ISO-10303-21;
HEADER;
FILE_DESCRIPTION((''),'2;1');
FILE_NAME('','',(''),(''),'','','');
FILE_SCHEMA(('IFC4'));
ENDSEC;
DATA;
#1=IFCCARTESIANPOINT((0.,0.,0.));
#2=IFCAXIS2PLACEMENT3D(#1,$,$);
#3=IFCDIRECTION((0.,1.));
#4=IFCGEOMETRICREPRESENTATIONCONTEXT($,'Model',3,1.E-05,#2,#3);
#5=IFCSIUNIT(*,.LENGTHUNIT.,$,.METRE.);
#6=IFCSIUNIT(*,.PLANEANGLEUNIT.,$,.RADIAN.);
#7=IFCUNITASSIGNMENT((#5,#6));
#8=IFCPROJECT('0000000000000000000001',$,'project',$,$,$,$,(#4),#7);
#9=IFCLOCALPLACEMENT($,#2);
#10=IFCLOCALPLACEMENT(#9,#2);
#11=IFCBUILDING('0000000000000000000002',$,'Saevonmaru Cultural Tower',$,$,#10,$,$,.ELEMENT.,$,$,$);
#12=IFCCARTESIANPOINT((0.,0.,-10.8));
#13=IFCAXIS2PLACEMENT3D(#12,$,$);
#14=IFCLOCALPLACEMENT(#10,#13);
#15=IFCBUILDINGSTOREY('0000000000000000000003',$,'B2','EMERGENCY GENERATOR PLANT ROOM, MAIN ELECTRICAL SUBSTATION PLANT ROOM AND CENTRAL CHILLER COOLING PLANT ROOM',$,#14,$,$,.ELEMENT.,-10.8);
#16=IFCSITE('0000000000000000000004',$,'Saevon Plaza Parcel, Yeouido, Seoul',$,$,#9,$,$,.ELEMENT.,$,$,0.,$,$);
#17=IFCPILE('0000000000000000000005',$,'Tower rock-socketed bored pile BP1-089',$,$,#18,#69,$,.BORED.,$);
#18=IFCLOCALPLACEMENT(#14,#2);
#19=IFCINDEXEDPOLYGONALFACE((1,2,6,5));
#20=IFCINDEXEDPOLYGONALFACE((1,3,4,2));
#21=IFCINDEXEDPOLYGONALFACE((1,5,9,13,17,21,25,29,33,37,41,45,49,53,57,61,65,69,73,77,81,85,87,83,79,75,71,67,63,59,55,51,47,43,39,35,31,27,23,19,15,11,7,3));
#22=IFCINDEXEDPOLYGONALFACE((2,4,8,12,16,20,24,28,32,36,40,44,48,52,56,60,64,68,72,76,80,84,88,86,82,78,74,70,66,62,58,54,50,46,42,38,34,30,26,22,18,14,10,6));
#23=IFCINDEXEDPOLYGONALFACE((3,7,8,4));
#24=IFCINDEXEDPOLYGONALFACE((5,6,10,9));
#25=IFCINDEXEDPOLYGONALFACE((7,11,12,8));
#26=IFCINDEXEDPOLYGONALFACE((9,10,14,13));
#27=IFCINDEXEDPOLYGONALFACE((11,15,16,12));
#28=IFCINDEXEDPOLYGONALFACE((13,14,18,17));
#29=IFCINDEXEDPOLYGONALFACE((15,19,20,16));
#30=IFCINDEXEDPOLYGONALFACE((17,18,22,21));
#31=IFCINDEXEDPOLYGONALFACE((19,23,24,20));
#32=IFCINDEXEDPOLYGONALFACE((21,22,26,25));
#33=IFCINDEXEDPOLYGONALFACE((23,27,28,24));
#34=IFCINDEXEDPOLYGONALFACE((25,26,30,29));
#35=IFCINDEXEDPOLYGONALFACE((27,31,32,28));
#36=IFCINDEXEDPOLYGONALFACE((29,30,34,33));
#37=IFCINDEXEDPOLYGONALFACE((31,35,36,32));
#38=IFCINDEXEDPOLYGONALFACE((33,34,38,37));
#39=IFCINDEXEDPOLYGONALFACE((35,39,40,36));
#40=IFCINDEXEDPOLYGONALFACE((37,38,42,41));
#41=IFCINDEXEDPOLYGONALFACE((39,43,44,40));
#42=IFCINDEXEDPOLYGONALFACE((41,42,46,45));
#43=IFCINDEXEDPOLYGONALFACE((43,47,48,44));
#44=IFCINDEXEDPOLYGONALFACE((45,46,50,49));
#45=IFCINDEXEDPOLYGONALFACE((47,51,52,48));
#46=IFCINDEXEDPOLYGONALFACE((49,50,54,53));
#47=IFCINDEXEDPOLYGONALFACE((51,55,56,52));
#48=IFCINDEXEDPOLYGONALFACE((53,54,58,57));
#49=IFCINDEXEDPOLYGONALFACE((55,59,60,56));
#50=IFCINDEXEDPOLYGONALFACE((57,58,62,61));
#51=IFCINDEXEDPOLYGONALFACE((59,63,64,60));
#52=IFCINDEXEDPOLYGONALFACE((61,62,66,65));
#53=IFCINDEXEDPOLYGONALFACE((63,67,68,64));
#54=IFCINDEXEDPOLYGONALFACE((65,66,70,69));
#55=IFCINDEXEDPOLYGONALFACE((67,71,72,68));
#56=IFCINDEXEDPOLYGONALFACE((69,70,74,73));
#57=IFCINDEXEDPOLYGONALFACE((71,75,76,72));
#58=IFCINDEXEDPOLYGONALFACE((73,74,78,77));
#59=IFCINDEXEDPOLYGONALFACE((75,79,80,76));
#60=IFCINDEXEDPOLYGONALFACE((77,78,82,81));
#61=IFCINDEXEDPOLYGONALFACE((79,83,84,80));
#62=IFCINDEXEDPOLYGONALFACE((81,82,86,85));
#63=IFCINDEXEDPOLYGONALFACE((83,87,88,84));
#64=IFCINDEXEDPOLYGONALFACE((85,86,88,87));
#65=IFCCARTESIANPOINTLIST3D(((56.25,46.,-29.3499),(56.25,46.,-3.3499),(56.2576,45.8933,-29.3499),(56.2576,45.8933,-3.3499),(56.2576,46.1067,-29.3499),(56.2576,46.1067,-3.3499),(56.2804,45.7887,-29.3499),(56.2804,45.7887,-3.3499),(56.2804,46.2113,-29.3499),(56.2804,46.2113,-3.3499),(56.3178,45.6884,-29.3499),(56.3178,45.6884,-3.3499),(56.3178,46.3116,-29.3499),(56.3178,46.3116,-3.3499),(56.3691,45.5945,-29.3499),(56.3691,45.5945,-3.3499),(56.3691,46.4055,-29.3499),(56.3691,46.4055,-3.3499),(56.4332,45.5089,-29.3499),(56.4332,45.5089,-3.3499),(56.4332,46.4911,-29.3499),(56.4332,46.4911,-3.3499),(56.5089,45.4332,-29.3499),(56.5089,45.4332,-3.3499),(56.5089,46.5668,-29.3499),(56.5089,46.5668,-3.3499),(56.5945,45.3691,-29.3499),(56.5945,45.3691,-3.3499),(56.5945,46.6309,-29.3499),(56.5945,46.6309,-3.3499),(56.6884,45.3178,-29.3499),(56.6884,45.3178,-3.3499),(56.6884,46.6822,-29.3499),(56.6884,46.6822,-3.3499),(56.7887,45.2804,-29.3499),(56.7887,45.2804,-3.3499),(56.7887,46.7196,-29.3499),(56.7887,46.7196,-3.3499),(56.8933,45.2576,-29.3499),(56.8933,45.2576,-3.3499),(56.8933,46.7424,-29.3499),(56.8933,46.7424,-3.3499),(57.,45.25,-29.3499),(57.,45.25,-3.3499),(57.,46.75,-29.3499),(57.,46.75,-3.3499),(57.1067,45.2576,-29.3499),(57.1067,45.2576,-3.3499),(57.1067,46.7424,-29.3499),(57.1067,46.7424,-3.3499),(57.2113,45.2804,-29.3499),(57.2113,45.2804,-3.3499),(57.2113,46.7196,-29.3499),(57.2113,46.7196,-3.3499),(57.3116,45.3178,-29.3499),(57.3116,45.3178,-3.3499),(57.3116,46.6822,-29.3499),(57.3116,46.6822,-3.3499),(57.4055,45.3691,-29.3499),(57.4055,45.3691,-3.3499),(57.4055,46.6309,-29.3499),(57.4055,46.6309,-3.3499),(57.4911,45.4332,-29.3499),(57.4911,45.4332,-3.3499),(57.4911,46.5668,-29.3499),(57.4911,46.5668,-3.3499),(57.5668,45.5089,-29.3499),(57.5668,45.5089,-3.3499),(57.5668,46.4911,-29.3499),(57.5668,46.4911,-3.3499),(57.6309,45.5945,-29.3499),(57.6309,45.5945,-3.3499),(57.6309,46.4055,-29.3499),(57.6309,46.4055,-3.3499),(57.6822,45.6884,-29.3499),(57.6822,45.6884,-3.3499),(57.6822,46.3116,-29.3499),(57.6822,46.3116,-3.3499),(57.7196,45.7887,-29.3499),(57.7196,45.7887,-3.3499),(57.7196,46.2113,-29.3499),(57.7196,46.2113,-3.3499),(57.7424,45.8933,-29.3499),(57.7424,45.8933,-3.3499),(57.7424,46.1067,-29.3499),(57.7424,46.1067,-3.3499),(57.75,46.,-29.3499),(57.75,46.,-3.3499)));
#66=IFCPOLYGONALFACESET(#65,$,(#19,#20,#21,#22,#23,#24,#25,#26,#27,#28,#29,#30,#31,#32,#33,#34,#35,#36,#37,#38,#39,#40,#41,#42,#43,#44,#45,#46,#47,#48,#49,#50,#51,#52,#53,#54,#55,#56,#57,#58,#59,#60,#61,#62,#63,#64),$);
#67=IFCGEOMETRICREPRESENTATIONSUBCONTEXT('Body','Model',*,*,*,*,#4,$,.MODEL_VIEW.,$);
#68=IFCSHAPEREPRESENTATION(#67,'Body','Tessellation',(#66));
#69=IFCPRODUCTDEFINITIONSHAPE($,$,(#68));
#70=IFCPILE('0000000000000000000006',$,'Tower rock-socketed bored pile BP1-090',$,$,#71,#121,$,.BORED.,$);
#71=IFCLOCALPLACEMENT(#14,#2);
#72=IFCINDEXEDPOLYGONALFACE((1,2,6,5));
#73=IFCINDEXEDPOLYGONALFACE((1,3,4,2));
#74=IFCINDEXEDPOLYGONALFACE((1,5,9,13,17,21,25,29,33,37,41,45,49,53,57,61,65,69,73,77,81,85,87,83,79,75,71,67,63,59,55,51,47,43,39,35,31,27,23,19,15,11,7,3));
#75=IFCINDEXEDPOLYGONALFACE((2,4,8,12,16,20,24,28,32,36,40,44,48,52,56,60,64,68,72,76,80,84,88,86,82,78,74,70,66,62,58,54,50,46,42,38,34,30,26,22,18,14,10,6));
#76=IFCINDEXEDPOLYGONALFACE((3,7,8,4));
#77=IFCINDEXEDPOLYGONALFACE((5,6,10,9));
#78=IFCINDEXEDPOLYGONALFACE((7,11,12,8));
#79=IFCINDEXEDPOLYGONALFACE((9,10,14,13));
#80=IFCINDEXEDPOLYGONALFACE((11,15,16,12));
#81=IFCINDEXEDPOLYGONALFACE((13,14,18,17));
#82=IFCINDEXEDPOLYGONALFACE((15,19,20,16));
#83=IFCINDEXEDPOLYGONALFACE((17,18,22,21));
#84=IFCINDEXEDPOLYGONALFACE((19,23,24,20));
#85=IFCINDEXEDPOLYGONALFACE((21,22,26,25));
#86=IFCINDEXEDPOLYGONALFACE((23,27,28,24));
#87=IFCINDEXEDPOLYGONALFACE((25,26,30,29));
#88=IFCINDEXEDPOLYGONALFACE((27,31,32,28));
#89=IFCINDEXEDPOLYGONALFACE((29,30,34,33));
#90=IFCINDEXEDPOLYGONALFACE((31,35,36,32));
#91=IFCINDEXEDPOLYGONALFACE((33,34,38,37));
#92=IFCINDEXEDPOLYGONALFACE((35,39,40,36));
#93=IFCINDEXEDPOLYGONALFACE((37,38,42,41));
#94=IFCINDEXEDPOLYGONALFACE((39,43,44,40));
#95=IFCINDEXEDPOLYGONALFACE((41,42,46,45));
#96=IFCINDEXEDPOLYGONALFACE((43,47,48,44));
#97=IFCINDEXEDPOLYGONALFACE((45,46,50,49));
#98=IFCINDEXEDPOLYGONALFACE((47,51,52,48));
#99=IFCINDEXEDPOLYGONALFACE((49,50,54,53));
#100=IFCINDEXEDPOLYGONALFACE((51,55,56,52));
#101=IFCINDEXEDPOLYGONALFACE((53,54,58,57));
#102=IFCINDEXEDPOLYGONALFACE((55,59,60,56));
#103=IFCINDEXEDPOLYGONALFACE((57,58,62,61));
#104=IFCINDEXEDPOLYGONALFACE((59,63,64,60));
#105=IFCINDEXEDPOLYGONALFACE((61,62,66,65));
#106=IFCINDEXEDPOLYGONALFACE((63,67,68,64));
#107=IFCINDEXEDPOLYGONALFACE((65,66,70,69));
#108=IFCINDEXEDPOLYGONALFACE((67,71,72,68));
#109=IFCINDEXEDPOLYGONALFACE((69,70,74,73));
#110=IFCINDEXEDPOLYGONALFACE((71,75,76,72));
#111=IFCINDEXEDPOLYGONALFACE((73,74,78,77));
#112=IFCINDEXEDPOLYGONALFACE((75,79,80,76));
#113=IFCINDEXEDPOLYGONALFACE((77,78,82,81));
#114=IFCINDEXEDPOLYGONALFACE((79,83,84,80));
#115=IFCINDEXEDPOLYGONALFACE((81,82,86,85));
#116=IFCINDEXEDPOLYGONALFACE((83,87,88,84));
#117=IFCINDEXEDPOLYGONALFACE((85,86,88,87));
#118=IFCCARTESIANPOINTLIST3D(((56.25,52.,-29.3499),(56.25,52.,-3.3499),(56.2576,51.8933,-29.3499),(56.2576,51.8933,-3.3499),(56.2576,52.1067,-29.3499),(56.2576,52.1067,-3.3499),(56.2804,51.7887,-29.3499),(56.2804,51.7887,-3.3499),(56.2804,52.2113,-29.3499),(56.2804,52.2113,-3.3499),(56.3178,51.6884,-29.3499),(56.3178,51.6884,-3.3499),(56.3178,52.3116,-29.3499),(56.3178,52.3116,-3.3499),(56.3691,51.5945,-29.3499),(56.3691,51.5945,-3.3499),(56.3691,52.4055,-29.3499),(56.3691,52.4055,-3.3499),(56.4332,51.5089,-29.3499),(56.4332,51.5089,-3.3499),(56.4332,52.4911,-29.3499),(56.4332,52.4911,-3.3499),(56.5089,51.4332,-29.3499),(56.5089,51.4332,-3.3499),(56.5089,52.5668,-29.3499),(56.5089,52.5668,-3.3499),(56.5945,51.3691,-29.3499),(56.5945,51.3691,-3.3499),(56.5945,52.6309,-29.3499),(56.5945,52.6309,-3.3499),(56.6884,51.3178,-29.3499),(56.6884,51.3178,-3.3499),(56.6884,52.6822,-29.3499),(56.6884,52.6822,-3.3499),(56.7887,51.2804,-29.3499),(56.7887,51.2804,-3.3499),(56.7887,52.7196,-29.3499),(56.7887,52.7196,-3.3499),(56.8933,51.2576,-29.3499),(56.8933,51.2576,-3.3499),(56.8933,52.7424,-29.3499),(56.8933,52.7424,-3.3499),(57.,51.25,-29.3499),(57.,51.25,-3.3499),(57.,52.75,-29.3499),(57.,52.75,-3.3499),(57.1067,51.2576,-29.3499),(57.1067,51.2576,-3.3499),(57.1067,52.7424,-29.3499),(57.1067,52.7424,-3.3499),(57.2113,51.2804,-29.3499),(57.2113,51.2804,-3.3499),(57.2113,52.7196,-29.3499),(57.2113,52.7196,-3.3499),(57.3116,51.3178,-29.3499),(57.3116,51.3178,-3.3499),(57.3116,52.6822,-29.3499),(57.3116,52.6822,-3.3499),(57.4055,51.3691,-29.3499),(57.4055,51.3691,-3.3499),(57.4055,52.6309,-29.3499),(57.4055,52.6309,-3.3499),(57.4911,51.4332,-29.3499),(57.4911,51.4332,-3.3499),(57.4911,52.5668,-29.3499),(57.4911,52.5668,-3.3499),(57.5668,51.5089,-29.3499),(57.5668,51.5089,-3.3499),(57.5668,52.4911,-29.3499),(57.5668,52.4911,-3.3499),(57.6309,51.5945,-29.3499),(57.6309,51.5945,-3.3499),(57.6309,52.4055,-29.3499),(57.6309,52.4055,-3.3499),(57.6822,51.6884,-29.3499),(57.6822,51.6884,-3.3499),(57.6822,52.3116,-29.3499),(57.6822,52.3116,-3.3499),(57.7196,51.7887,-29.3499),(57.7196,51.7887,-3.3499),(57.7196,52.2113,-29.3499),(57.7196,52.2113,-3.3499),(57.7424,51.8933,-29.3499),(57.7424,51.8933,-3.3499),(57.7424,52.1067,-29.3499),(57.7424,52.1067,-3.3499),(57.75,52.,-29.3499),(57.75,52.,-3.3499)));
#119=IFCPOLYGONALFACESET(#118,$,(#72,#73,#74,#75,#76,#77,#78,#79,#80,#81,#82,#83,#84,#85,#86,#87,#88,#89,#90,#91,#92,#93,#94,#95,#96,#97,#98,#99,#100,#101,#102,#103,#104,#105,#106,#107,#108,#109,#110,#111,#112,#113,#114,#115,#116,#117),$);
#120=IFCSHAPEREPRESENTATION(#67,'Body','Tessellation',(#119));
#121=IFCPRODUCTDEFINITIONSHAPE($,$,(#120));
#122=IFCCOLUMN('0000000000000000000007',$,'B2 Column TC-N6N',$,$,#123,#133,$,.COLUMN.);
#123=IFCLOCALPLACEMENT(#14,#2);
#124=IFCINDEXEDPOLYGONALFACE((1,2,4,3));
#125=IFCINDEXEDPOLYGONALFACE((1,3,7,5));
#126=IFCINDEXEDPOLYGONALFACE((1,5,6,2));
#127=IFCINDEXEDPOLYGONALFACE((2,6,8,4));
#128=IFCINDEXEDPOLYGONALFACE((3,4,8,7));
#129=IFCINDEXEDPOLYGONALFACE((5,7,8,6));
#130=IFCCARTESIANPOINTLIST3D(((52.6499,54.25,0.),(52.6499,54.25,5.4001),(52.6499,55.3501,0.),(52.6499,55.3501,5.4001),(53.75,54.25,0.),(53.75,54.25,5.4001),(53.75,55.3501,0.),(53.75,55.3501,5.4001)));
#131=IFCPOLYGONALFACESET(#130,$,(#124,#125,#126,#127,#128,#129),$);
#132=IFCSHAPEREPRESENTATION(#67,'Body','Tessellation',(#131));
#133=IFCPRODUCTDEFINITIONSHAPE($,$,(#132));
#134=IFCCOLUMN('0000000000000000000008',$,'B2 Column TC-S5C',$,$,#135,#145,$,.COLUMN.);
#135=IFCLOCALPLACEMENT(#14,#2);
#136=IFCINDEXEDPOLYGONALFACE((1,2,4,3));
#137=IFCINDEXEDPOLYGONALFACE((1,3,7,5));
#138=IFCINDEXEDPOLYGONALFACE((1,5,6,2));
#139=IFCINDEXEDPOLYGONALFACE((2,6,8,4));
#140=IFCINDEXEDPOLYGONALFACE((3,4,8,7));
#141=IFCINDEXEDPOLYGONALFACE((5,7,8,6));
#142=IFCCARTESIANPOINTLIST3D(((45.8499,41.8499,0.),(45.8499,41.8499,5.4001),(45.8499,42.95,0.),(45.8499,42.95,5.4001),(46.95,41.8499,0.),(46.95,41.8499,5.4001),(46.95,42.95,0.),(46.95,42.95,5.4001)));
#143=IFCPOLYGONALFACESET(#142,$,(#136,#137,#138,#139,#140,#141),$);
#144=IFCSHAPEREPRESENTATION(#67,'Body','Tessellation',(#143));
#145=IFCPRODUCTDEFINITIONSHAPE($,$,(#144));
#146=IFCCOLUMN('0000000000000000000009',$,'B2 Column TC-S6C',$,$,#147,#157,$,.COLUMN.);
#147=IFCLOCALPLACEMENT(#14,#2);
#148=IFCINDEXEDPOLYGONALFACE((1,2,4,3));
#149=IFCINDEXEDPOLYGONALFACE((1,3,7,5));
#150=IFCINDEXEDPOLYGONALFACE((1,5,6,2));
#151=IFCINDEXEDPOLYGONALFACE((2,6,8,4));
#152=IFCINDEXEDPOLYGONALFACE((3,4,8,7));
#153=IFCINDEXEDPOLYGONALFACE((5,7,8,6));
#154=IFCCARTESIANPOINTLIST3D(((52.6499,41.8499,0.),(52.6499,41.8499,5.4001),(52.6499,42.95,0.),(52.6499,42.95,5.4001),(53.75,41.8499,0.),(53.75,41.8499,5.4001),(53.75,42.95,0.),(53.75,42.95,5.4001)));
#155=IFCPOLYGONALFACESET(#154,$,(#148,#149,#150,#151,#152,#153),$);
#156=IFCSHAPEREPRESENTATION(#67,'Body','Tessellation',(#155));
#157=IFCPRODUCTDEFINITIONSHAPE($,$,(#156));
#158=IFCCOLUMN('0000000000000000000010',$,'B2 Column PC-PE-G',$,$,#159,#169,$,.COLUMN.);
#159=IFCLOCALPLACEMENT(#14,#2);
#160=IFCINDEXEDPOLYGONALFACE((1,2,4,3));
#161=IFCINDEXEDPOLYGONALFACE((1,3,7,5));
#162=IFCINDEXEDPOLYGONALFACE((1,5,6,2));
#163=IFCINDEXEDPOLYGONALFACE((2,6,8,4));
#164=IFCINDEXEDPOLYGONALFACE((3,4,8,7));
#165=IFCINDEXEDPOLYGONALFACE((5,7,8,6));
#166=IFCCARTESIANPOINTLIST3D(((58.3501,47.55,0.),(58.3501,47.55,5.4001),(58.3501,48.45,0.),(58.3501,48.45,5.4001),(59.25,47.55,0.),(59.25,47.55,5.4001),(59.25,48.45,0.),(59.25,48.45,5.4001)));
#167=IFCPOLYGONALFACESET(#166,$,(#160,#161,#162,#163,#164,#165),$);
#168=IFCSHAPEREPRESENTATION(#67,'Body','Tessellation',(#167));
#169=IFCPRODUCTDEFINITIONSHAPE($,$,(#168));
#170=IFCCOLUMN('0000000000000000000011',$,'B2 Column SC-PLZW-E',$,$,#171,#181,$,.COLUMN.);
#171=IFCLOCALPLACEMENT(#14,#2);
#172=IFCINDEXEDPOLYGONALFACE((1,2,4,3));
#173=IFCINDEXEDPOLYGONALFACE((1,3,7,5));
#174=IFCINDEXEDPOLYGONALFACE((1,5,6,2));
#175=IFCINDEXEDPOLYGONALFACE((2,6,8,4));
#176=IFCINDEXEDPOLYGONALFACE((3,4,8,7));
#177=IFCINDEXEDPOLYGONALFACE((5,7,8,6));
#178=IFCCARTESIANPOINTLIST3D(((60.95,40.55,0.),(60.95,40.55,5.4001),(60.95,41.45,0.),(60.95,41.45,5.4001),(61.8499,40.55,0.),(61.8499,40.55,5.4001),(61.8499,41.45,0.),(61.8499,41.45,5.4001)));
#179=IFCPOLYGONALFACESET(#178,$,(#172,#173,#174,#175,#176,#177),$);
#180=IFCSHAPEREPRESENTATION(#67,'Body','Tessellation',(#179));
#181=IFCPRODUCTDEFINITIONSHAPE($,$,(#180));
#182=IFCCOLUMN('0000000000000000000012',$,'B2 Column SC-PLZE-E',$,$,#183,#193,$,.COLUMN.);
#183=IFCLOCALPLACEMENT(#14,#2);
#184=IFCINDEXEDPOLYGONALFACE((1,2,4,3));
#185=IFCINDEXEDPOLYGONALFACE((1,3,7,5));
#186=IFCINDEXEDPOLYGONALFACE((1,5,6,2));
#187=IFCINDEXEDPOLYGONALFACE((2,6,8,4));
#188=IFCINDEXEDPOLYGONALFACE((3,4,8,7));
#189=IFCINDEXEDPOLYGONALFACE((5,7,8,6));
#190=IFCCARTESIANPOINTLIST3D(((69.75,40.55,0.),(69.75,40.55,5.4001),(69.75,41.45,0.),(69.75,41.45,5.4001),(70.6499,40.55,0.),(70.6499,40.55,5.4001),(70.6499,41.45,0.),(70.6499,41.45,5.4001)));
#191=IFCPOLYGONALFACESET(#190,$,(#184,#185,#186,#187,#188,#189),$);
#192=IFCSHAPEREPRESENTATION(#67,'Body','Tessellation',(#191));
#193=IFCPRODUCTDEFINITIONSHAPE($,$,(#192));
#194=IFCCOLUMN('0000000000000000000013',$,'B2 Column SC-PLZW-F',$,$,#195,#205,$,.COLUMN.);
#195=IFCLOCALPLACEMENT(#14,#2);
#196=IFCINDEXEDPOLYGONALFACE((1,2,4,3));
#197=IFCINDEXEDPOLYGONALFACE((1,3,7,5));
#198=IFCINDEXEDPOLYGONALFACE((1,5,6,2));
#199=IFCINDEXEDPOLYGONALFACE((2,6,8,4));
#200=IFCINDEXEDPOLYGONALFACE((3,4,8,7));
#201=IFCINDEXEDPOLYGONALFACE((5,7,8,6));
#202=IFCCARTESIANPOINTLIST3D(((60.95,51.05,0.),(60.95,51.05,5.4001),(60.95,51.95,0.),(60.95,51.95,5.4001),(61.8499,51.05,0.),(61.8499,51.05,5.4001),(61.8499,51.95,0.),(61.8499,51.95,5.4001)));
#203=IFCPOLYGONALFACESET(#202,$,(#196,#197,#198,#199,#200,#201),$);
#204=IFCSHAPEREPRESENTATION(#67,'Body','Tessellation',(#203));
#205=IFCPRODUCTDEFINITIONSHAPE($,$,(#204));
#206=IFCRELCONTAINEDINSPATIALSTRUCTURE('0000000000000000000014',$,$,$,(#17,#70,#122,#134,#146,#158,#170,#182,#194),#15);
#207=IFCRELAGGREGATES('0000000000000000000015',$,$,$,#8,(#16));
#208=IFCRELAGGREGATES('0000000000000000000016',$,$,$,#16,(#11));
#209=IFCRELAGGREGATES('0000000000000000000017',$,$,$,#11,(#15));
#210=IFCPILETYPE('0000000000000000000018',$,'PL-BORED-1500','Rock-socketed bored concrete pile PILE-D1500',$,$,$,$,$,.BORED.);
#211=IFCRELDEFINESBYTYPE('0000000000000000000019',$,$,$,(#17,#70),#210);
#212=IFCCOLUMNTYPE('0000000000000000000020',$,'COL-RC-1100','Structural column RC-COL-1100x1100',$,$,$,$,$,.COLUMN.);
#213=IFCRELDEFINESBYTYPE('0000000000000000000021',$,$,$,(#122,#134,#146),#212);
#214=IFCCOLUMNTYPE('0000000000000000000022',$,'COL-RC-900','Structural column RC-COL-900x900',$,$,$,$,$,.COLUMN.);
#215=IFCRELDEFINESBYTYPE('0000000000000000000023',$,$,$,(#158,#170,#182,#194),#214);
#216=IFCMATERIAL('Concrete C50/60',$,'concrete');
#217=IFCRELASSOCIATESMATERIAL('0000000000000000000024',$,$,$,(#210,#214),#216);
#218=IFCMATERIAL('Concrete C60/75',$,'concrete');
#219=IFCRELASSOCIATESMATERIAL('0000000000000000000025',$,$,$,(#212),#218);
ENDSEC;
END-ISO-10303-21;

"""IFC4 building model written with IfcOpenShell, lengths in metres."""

from ifc_helpers import new_model, si_unit, direction, frame, origin, origin_2d, place, context, subcontext, project, spatial, rectangle, circle, extrude, material, material_profile, profile_set, type_object, element, save


model = new_model("IFC4")

# Units and contexts
model_context = context("Model", 3, precision=1e-05, world=origin(), true_north=direction((0.0, 1.0)))
body_context = subcontext(model_context, "Body", "Model", "MODEL_VIEW")
ifc_project = project(units=[si_unit("LENGTHUNIT", "METRE"), si_unit("PLANEANGLEUNIT", "RADIAN")], contexts=[model_context])

# Site, building, storey
site_placement = place(None, origin())
site = spatial("IfcSite", under=ifc_project, at=site_placement, Name="Saevon Plaza Parcel, Yeouido, Seoul", CompositionType="ELEMENT", RefElevation=0.0)
building_placement = place(site_placement, origin())
building = spatial("IfcBuilding", under=site, at=building_placement, Name="Saevonmaru Cultural Tower", CompositionType="ELEMENT")
storey_placement = place(building_placement, frame((0.0, 0.0, -10.8)))
storey = spatial("IfcBuildingStorey", under=building, at=storey_placement, Name="B2", Description="EMERGENCY GENERATOR PLANT ROOM, MAIN ELECTRICAL SUBSTATION PLANT ROOM AND CENTRAL CHILLER COOLING PLANT ROOM", CompositionType="ELEMENT", Elevation=-10.8)

# Piles
ifc_material_1 = material(Name="Concrete C50/60", Category="concrete")
ifc_material_profile_1 = material_profile(ifc_material_1, circle(Radius=0.75, at=origin_2d()), Name="PILE-D1500")
ifc_profile_set_1 = profile_set([ifc_material_profile_1], Name="Concrete C50/60")
pile_type_1 = type_object("IfcPileType", Name="PL-BORED-1500", Description="Rock-socketed bored concrete pile PILE-D1500", PredefinedType="BORED", material=ifc_profile_set_1)
for number, where, z_axis, x_axis, name in (
    (1, (57.0, 46.0, -3.3499), (0.0, 0.0, -1.0), (1.0, 0.0, 0.0), "Tower rock-socketed bored pile BP1-089"),
    (2, (57.0, 52.0, -3.3499), (0.0, 0.0, -1.0), (1.0, 0.0, 0.0), "Tower rock-socketed bored pile BP1-090"),
):
    element("IfcPile", number, at=place(storey_placement, frame(where, z_axis=z_axis, x_axis=x_axis)), inside=storey, type_object=pile_type_1, Name=name, PredefinedType="BORED", context=body_context, shape_type="SweptSolid", body=[
        extrude(circle(Radius=0.75, at=origin_2d()), origin(), (0.0, 0.0, 1.0), 26.0),
    ])

# Columns
ifc_material_2 = material(Name="Concrete C60/75", Category="concrete")
ifc_material_profile_2 = material_profile(ifc_material_2, rectangle(XDim=1.1001, YDim=1.1001, at=origin_2d()), Name="RC-COL-1100x1100")
ifc_profile_set_2 = profile_set([ifc_material_profile_2], Name="Concrete C60/75")
column_type_1 = type_object("IfcColumnType", Name="COL-RC-1100", Description="Structural column RC-COL-1100x1100", PredefinedType="COLUMN", material=ifc_profile_set_2)
for number, where, z_axis, x_axis, name in (
    (3, (53.2, 54.8, 0.0), (0.0, 0.0, 1.0), (1.0, 0.0, 0.0), "B2 Column TC-N6N"),
    (4, (46.3999, 42.3999, 0.0), (0.0, 0.0, 1.0), (1.0, 0.0, 0.0), "B2 Column TC-S5C"),
    (5, (53.2, 42.3999, 0.0), (0.0, 0.0, 1.0), (1.0, 0.0, 0.0), "B2 Column TC-S6C"),
):
    element("IfcColumn", number, at=place(storey_placement, frame(where, z_axis=z_axis, x_axis=x_axis)), inside=storey, type_object=column_type_1, Name=name, PredefinedType="COLUMN", context=body_context, shape_type="SweptSolid", body=[
        extrude(rectangle(XDim=1.1001, YDim=1.1001, at=origin_2d()), origin(), (0.0, 0.0, 1.0), 5.4001),
    ])
ifc_material_profile_3 = material_profile(ifc_material_1, rectangle(XDim=0.8999, YDim=0.8999, at=origin_2d()), Name="RC-COL-900x900")
ifc_profile_set_3 = profile_set([ifc_material_profile_3], Name="Concrete C50/60")
column_type_2 = type_object("IfcColumnType", Name="COL-RC-900", Description="Structural column RC-COL-900x900", PredefinedType="COLUMN", material=ifc_profile_set_3)
for number, where, z_axis, x_axis, name in (
    (6, (58.8, 48.0, 0.0), (0.0, 0.0, 1.0), (1.0, 0.0, 0.0), "B2 Column PC-PE-G"),
    (7, (61.3999, 41.0, 0.0), (0.0, 0.0, 1.0), (1.0, 0.0, 0.0), "B2 Column SC-PLZW-E"),
    (8, (70.2, 41.0, 0.0), (0.0, 0.0, 1.0), (1.0, 0.0, 0.0), "B2 Column SC-PLZE-E"),
    (9, (61.3999, 51.5, 0.0), (0.0, 0.0, 1.0), (1.0, 0.0, 0.0), "B2 Column SC-PLZW-F"),
):
    element("IfcColumn", number, at=place(storey_placement, frame(where, z_axis=z_axis, x_axis=x_axis)), inside=storey, type_object=column_type_2, Name=name, PredefinedType="COLUMN", context=body_context, shape_type="SweptSolid", body=[
        extrude(rectangle(XDim=0.8999, YDim=0.8999, at=origin_2d()), origin(), (0.0, 0.0, 1.0), 5.4001),
    ])

save(model, "model.ifc")
